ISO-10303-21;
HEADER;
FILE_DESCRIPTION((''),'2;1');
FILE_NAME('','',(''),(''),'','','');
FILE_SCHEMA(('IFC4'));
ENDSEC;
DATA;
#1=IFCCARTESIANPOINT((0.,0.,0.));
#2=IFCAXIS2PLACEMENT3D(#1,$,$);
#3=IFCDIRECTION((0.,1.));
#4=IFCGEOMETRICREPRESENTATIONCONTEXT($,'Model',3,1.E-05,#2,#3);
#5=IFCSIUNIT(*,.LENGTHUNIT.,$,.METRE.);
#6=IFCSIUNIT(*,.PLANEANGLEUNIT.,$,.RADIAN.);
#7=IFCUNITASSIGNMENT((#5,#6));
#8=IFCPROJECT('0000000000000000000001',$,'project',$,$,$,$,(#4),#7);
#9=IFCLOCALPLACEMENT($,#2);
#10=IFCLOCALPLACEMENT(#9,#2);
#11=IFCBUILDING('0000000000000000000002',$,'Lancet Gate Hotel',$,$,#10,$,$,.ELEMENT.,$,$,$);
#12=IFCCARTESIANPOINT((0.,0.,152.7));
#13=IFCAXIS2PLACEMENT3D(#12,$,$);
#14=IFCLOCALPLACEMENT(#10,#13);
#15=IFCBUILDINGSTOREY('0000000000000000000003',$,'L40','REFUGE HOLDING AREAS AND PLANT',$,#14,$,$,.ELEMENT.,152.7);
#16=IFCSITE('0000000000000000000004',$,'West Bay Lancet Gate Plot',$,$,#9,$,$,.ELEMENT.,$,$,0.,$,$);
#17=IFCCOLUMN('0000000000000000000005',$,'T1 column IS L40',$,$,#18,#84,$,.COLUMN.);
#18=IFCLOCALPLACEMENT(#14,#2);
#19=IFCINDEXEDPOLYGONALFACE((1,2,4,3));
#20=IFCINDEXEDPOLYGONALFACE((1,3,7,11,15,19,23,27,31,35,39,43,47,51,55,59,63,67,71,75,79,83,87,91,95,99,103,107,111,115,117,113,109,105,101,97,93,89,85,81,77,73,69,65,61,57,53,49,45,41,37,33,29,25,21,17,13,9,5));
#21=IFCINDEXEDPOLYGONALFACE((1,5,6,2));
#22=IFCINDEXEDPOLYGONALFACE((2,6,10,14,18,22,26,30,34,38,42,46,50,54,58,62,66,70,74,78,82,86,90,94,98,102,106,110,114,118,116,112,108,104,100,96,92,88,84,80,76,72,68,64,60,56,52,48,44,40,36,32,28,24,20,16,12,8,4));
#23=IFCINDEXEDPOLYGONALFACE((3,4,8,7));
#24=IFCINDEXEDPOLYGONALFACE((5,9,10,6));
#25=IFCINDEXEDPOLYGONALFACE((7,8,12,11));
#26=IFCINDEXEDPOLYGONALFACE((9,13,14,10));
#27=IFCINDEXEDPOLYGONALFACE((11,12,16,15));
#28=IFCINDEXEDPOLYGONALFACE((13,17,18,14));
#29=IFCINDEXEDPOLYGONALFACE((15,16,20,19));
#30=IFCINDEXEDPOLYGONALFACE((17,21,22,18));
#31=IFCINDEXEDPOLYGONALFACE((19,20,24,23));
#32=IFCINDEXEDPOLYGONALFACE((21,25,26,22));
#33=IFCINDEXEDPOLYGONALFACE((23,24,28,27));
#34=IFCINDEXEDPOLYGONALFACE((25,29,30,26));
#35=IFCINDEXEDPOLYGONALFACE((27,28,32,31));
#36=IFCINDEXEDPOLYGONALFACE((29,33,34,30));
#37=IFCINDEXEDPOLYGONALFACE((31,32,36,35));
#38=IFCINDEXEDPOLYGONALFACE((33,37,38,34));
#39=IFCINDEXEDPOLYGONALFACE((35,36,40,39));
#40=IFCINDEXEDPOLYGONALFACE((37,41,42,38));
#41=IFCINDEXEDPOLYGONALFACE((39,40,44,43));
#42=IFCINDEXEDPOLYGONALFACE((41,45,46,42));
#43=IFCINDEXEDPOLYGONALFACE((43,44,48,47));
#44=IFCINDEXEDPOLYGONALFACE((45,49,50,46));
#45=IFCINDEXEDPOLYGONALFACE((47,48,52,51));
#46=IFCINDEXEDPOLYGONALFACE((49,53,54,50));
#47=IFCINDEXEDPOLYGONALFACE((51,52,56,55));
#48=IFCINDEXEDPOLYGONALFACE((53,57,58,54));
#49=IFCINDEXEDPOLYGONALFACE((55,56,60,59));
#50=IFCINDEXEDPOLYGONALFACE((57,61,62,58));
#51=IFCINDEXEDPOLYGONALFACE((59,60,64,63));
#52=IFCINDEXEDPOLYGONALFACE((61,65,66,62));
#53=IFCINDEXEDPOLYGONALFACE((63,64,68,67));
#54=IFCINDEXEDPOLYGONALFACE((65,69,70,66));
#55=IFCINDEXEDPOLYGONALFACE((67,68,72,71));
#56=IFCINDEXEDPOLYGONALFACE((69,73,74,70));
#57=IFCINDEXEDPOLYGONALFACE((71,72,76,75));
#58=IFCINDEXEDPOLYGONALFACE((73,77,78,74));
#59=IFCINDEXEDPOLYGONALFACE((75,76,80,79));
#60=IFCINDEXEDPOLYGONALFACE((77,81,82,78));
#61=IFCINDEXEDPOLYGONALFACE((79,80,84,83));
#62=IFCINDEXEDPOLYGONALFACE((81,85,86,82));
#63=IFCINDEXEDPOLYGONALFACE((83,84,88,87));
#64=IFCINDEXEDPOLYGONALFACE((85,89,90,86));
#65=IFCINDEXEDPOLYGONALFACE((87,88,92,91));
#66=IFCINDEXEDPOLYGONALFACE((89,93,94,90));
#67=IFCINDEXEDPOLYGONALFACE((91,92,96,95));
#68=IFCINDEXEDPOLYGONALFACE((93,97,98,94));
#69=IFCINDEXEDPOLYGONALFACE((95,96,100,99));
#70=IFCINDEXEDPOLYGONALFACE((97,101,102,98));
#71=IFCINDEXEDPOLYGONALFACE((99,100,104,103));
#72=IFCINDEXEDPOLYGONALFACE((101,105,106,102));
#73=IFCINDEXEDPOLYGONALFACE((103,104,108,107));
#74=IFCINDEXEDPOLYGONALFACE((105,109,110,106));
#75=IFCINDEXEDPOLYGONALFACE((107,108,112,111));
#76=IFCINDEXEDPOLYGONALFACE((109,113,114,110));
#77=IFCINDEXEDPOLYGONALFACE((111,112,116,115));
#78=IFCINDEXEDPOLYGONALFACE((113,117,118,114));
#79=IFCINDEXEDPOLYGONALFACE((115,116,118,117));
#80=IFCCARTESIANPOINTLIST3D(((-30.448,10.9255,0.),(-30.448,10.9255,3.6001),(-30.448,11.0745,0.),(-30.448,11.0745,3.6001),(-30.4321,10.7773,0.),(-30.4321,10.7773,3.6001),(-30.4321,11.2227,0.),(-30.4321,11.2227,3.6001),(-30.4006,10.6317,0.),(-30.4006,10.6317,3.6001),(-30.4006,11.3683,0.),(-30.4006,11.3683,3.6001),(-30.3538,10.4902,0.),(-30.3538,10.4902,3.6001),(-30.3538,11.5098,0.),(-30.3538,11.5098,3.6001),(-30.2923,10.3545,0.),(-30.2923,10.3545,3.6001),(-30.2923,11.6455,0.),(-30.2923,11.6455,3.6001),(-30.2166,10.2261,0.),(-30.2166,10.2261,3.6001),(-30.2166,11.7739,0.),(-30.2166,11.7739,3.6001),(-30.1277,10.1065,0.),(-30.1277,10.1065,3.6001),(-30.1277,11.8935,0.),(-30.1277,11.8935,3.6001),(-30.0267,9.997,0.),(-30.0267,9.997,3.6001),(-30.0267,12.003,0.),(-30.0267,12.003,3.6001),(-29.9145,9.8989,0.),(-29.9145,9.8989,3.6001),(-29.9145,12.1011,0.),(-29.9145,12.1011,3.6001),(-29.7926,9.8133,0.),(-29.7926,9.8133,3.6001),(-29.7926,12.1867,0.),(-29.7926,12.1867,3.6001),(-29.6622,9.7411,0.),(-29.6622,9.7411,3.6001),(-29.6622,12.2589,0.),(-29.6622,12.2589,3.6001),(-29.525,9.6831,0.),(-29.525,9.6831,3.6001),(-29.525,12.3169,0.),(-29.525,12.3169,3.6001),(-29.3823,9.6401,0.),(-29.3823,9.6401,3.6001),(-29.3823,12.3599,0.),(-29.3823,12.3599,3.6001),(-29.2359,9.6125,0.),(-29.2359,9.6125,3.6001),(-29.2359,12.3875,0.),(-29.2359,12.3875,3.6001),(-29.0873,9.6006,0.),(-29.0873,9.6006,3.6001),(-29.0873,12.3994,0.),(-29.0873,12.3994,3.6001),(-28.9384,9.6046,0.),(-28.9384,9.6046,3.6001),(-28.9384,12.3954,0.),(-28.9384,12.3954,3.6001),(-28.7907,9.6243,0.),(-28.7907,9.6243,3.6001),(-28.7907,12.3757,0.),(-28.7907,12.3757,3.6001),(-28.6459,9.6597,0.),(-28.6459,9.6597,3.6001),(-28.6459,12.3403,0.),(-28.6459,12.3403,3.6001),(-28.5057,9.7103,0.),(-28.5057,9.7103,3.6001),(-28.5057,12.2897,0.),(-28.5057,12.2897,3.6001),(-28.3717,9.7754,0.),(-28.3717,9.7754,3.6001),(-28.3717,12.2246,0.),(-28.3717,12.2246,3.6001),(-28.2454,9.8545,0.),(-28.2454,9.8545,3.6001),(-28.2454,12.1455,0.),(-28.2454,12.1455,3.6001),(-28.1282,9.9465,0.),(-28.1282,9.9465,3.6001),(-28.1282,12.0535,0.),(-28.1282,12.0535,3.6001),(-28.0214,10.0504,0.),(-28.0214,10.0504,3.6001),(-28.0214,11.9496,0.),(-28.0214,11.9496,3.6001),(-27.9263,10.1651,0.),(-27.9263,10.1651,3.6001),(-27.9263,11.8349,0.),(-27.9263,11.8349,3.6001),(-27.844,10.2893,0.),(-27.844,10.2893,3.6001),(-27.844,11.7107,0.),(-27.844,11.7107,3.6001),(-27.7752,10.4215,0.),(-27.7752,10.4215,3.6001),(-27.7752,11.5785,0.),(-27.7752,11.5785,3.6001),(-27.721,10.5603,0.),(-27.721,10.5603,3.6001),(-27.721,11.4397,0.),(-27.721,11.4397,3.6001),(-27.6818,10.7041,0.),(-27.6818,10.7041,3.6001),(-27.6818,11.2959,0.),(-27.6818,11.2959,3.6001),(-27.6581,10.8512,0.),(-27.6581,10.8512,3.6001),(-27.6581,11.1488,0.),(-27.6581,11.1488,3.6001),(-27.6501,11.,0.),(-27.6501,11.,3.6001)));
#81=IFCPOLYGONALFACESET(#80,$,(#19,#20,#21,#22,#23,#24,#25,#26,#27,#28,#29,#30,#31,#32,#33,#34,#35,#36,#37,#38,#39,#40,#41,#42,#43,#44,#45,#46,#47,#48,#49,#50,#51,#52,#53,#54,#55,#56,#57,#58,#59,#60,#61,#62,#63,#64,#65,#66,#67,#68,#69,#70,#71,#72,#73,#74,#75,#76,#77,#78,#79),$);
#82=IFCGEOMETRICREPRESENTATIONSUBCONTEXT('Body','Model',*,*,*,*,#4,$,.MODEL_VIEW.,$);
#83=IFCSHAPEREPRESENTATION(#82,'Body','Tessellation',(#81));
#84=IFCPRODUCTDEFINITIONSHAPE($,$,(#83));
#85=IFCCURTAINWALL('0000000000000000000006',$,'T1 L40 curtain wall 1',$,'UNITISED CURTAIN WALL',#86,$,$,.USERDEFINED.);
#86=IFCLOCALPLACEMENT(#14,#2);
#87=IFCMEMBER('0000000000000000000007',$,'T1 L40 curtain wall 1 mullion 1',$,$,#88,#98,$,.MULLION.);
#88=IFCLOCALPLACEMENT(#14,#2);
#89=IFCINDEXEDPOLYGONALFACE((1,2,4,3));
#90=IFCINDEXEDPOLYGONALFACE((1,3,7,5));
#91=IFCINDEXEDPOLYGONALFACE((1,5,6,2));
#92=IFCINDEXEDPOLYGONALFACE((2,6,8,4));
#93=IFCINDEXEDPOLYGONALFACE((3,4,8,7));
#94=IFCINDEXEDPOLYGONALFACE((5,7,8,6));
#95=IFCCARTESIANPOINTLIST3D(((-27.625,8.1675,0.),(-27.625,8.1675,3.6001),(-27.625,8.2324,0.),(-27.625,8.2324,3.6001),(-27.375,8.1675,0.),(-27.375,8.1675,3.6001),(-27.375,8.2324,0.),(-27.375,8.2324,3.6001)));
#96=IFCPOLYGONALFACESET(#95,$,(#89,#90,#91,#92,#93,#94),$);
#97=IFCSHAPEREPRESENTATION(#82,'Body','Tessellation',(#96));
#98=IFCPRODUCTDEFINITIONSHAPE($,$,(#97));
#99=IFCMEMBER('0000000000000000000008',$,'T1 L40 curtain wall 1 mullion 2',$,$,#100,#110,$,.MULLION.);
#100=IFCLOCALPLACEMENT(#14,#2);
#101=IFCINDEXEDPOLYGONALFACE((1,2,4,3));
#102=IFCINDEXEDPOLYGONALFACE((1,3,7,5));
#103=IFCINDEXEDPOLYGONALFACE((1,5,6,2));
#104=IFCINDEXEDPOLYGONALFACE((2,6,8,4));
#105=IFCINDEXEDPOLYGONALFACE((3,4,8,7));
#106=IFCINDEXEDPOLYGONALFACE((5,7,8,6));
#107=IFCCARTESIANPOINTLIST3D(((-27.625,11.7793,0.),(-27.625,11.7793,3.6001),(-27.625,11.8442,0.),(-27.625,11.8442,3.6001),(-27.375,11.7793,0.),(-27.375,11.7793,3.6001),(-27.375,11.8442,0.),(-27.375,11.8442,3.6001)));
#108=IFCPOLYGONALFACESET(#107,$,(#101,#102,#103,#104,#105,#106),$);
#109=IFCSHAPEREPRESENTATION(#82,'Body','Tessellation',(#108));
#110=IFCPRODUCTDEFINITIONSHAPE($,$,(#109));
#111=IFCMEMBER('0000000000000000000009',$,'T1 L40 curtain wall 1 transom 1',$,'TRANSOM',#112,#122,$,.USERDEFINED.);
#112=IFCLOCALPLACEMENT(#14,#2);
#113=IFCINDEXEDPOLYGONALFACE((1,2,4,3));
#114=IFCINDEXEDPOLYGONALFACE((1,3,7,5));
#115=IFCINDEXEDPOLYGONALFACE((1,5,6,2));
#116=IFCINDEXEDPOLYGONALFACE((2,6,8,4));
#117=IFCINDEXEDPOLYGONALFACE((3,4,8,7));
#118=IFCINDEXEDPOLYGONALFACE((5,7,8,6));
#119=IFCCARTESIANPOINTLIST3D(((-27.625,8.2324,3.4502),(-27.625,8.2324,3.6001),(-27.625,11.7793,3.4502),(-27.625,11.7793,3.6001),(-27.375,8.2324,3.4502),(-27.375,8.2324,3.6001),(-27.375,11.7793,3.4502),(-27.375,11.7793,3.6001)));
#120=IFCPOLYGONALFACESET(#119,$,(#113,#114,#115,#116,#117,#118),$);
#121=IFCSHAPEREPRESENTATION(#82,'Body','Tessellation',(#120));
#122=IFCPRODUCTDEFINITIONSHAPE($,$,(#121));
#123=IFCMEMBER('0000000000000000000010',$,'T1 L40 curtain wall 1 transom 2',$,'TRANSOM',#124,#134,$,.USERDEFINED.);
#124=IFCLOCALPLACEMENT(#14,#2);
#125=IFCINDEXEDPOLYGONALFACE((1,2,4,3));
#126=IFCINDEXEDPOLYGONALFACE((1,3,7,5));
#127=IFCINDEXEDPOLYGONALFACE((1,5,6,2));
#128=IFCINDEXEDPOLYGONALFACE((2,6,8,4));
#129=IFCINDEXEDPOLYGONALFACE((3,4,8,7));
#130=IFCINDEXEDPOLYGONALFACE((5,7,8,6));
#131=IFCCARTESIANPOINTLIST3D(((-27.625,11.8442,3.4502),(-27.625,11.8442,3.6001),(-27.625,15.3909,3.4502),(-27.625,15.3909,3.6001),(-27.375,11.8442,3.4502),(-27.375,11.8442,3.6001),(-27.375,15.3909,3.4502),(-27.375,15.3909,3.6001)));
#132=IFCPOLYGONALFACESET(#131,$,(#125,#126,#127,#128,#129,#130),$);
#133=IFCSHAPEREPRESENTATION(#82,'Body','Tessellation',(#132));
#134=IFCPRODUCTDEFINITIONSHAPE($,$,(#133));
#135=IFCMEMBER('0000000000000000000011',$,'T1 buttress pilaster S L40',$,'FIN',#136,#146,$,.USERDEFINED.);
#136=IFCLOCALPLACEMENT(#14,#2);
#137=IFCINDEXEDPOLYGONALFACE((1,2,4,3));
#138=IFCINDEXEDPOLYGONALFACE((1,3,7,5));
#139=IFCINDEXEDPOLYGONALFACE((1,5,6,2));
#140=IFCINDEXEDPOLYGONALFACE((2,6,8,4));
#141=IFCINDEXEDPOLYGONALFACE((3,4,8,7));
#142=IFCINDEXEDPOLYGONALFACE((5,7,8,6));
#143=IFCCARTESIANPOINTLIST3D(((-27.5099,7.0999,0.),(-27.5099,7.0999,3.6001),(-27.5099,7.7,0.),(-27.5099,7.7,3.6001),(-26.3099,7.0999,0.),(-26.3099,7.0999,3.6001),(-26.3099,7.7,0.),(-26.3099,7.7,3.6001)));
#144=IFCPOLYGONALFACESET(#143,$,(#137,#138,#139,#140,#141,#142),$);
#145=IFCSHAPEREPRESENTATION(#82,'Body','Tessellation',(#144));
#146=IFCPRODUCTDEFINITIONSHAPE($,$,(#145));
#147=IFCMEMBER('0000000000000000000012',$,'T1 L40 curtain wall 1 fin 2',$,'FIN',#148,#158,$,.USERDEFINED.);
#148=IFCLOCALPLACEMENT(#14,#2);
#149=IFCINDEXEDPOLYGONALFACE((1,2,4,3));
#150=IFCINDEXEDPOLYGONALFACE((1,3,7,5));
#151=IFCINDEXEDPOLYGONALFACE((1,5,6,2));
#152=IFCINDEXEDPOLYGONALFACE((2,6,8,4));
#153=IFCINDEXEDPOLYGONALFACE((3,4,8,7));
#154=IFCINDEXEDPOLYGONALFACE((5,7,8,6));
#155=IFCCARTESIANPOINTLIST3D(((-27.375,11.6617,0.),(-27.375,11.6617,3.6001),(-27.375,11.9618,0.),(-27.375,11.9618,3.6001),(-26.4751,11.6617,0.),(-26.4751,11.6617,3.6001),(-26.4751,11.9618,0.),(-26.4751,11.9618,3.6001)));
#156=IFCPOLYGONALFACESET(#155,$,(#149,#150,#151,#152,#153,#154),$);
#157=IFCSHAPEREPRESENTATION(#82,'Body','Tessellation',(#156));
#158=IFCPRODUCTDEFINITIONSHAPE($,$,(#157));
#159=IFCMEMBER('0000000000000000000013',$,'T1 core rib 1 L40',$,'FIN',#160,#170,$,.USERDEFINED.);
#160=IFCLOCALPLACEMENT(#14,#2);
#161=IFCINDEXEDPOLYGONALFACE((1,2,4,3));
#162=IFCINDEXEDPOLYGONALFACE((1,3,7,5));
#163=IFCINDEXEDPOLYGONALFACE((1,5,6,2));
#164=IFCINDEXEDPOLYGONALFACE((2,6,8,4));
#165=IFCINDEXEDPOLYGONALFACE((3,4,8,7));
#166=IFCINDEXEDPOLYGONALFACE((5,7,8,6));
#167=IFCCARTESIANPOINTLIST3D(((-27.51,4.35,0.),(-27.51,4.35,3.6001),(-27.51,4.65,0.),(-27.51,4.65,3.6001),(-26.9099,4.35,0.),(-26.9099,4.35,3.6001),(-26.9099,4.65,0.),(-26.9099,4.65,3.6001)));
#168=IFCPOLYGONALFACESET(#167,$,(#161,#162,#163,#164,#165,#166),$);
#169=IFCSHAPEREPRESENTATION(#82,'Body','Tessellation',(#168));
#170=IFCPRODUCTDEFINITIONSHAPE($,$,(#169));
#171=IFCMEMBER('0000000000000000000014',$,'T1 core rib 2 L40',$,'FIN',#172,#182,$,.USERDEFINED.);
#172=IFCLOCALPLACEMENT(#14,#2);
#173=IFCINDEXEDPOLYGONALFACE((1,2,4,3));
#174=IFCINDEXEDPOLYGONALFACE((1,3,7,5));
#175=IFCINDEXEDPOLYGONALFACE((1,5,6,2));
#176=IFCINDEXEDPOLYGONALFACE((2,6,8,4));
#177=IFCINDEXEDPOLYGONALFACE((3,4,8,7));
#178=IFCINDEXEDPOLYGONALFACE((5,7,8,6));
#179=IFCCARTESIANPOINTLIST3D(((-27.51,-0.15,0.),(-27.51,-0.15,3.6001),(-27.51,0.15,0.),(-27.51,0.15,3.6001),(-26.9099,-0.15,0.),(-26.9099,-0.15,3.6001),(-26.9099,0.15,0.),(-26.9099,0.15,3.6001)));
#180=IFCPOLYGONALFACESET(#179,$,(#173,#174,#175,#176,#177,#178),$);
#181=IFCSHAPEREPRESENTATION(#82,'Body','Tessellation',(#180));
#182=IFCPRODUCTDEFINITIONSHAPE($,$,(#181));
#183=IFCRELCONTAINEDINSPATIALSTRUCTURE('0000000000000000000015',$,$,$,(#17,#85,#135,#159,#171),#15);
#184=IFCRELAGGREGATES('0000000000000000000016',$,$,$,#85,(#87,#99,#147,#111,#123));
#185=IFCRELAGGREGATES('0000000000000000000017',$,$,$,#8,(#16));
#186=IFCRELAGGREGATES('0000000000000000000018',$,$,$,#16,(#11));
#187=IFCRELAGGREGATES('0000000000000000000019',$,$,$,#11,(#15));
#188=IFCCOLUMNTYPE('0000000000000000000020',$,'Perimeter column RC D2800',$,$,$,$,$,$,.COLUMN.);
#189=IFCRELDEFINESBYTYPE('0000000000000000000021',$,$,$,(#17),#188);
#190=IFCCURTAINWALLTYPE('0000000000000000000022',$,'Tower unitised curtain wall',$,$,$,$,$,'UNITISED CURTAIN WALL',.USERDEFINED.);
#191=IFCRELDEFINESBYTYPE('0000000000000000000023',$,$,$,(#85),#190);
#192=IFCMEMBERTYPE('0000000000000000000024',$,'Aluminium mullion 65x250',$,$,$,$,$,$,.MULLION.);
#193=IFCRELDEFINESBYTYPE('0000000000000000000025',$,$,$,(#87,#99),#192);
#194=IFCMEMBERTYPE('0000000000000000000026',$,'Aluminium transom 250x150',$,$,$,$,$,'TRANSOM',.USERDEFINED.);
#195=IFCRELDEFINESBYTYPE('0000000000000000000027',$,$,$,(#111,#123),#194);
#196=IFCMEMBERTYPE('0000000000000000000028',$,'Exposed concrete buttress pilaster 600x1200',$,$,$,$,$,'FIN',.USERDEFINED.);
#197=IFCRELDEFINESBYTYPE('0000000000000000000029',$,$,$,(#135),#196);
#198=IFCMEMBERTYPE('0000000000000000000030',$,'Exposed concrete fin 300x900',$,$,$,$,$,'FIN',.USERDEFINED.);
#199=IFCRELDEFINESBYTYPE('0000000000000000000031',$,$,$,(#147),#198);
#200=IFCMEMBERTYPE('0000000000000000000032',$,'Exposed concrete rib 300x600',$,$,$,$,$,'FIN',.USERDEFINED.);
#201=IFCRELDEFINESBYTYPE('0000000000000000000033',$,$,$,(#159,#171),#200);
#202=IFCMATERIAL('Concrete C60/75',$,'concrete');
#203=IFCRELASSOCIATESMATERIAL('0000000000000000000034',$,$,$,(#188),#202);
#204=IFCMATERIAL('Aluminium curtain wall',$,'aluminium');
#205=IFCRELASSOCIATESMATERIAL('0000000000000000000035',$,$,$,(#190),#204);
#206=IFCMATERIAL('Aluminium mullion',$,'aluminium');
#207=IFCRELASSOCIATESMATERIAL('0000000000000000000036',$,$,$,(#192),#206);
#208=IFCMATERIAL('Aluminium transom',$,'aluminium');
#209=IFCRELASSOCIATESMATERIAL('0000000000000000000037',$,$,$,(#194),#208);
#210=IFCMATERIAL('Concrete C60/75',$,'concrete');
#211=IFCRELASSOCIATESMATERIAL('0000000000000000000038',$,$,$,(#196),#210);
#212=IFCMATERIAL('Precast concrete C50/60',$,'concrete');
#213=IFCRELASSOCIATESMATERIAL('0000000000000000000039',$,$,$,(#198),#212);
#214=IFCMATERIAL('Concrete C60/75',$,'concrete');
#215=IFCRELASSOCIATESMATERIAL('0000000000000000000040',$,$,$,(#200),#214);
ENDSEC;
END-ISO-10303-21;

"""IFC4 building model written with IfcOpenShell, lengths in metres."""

from ifc_helpers import new_model, si_unit, direction, frame, origin, origin_2d, place, context, subcontext, project, spatial, rectangle, circle, extrude, material, material_profile, profile_set, type_object, element, aggregate, save


model = new_model("IFC4")

# Units and contexts
model_context = context("Model", 3, precision=1e-05, world=origin(), true_north=direction((0.0, 1.0)))
body_context = subcontext(model_context, "Body", "Model", "MODEL_VIEW")
ifc_project = project(units=[si_unit("LENGTHUNIT", "METRE"), si_unit("PLANEANGLEUNIT", "RADIAN")], contexts=[model_context])

# Site, building, storey
site_placement = place(None, origin())
site = spatial("IfcSite", under=ifc_project, at=site_placement, Name="West Bay Lancet Gate Plot", CompositionType="ELEMENT", RefElevation=0.0)
building_placement = place(site_placement, origin())
building = spatial("IfcBuilding", under=site, at=building_placement, Name="Lancet Gate Hotel", CompositionType="ELEMENT")
storey_placement = place(building_placement, frame((0.0, 0.0, 152.7)))
storey = spatial("IfcBuildingStorey", under=building, at=storey_placement, Name="L40", Description="REFUGE HOLDING AREAS AND PLANT", CompositionType="ELEMENT", Elevation=152.7)

# Column
ifc_material_1 = material(Name="Concrete C60/75", Category="concrete")
ifc_material_profile_1 = material_profile(ifc_material_1, circle(Radius=1.3999, at=origin_2d()), Name="RC D2800")
ifc_profile_set_1 = profile_set([ifc_material_profile_1], Name="Concrete C60/75")
column_type = type_object("IfcColumnType", Name="Perimeter column RC D2800", PredefinedType="COLUMN", material=ifc_profile_set_1)
column_placement = place(storey_placement, frame((-29.05, 11.0, 0.0), z_axis=(0.0, 0.0, 1.0), x_axis=(1.0, 0.0, 0.0)))
element("IfcColumn", 1, at=column_placement, inside=storey, type_object=column_type, Name="T1 column IS L40", PredefinedType="COLUMN", context=body_context, shape_type="SweptSolid", body=[
    extrude(circle(Radius=1.3999, at=origin_2d()), origin(), (0.0, 0.0, 1.0), 3.6001),
])

# Curtain wall, members
ifc_material_2 = material(Name="Aluminium curtain wall", Category="aluminium")
curtain_wall_type = type_object("IfcCurtainWallType", Name="Tower unitised curtain wall", ElementType="UNITISED CURTAIN WALL", PredefinedType="USERDEFINED", material=ifc_material_2)
curtain_wall_placement = place(storey_placement, origin())
curtain_wall = element("IfcCurtainWall", 2, at=curtain_wall_placement, inside=storey, type_object=curtain_wall_type, Name="T1 L40 curtain wall 1", ObjectType="UNITISED CURTAIN WALL", PredefinedType="USERDEFINED")
ifc_material_3 = material(Name="Aluminium mullion", Category="aluminium")
ifc_material_profile_2 = material_profile(ifc_material_3, rectangle(XDim=0.0649, YDim=0.25, at=origin_2d()), Name="MULLION 65x250")
ifc_profile_set_2 = profile_set([ifc_material_profile_2], Name="Aluminium mullion")
member_type_1 = type_object("IfcMemberType", Name="Aluminium mullion 65x250", PredefinedType="MULLION", material=ifc_profile_set_2)
member_1_placement = place(storey_placement, frame((-27.5, 8.2, 0.0), z_axis=(0.0, 0.0, 1.0), x_axis=(0.0, 1.0, 0.0)))
member_1 = element("IfcMember", 3, at=member_1_placement, type_object=member_type_1, Name="T1 L40 curtain wall 1 mullion 1", PredefinedType="MULLION", context=body_context, shape_type="SweptSolid", body=[
    extrude(rectangle(XDim=0.0649, YDim=0.25, at=origin_2d()), origin(), (0.0, 0.0, 1.0), 3.6001),
])
member_2_placement = place(storey_placement, frame((-27.5, 11.8118, 0.0), z_axis=(0.0, 0.0, 1.0), x_axis=(0.0, 1.0, 0.0)))
member_2 = element("IfcMember", 4, at=member_2_placement, type_object=member_type_1, Name="T1 L40 curtain wall 1 mullion 2", PredefinedType="MULLION", context=body_context, shape_type="SweptSolid", body=[
    extrude(rectangle(XDim=0.0649, YDim=0.25, at=origin_2d()), origin(), (0.0, 0.0, 1.0), 3.6001),
])
ifc_material_4 = material(Name="Aluminium transom", Category="aluminium")
ifc_material_profile_3 = material_profile(ifc_material_4, rectangle(XDim=0.25, YDim=0.1499, at=origin_2d()), Name="TRANSOM 250x150")
ifc_profile_set_3 = profile_set([ifc_material_profile_3], Name="Aluminium transom")
member_type_2 = type_object("IfcMemberType", Name="Aluminium transom 250x150", ElementType="TRANSOM", PredefinedType="USERDEFINED", material=ifc_profile_set_3)
member_3_placement = place(storey_placement, frame((-27.5, 8.2324, 3.5251), z_axis=(0.0, 1.0, 0.0), x_axis=(-1.0, 0.0, 0.0)))
member_3 = element("IfcMember", 5, at=member_3_placement, type_object=member_type_2, Name="T1 L40 curtain wall 1 transom 1", ObjectType="TRANSOM", PredefinedType="USERDEFINED", context=body_context, shape_type="SweptSolid", body=[
    extrude(rectangle(XDim=0.25, YDim=0.1499, at=origin_2d()), origin(), (0.0, 0.0, 1.0), 3.5469),
])
member_4_placement = place(storey_placement, frame((-27.5, 11.8442, 3.5251), z_axis=(0.0, 1.0, 0.0), x_axis=(-1.0, 0.0, 0.0)))
member_4 = element("IfcMember", 6, at=member_4_placement, type_object=member_type_2, Name="T1 L40 curtain wall 1 transom 2", ObjectType="TRANSOM", PredefinedType="USERDEFINED", context=body_context, shape_type="SweptSolid", body=[
    extrude(rectangle(XDim=0.25, YDim=0.1499, at=origin_2d()), origin(), (0.0, 0.0, 1.0), 3.5466),
])

# Members
ifc_material_5 = material(Name="Concrete C60/75", Category="concrete")
ifc_material_profile_4 = material_profile(ifc_material_5, rectangle(XDim=0.6001, YDim=1.2, at=origin_2d()), Name="FIN 600x1200")
ifc_profile_set_4 = profile_set([ifc_material_profile_4], Name="Concrete C60/75")
member_type_3 = type_object("IfcMemberType", Name="Exposed concrete buttress pilaster 600x1200", ElementType="FIN", PredefinedType="USERDEFINED", material=ifc_profile_set_4)
member_5_placement = place(storey_placement, frame((-26.9099, 7.3999, 0.0), z_axis=(0.0, 0.0, 1.0), x_axis=(0.0, 1.0, 0.0)))
element("IfcMember", 7, at=member_5_placement, inside=storey, type_object=member_type_3, Name="T1 buttress pilaster S L40", ObjectType="FIN", PredefinedType="USERDEFINED", context=body_context, shape_type="SweptSolid", body=[
    extrude(rectangle(XDim=0.6001, YDim=1.2, at=origin_2d()), origin(), (0.0, 0.0, 1.0), 3.6001),
])
ifc_material_6 = material(Name="Precast concrete C50/60", Category="concrete")
ifc_material_profile_5 = material_profile(ifc_material_6, rectangle(XDim=0.3, YDim=0.8999, at=origin_2d()), Name="FIN 300x900")
ifc_profile_set_5 = profile_set([ifc_material_profile_5], Name="Precast concrete C50/60")
member_type_4 = type_object("IfcMemberType", Name="Exposed concrete fin 300x900", ElementType="FIN", PredefinedType="USERDEFINED", material=ifc_profile_set_5)
member_6_placement = place(storey_placement, frame((-26.925, 11.8118, 0.0), z_axis=(0.0, 0.0, 1.0), x_axis=(0.0, 1.0, 0.0)))
member_6 = element("IfcMember", 8, at=member_6_placement, type_object=member_type_4, Name="T1 L40 curtain wall 1 fin 2", ObjectType="FIN", PredefinedType="USERDEFINED", context=body_context, shape_type="SweptSolid", body=[
    extrude(rectangle(XDim=0.3, YDim=0.8999, at=origin_2d()), origin(), (0.0, 0.0, 1.0), 3.6001),
])

# Members
ifc_material_7 = material(Name="Concrete C60/75", Category="concrete")
ifc_material_profile_6 = material_profile(ifc_material_7, rectangle(XDim=0.3, YDim=0.6001, at=origin_2d()), Name="FIN 300x600")
ifc_profile_set_6 = profile_set([ifc_material_profile_6], Name="Concrete C60/75")
member_type_5 = type_object("IfcMemberType", Name="Exposed concrete rib 300x600", ElementType="FIN", PredefinedType="USERDEFINED", material=ifc_profile_set_6)
for number, where, z_axis, x_axis, name in (
    (9, (-27.21, 4.5, 0.0), (0.0, 0.0, 1.0), (0.0, 1.0, 0.0), "T1 core rib 1 L40"),
    (10, (-27.21, 0.0, 0.0), (0.0, 0.0, 1.0), (0.0, 1.0, 0.0), "T1 core rib 2 L40"),
):
    element("IfcMember", number, at=place(storey_placement, frame(where, z_axis=z_axis, x_axis=x_axis)), inside=storey, type_object=member_type_5, Name=name, ObjectType="FIN", PredefinedType="USERDEFINED", context=body_context, shape_type="SweptSolid", body=[
        extrude(rectangle(XDim=0.3, YDim=0.6001, at=origin_2d()), origin(), (0.0, 0.0, 1.0), 3.6001),
    ])

aggregate(curtain_wall, [member_1, member_2, member_6, member_3, member_4])

save(model, "model.ifc")
